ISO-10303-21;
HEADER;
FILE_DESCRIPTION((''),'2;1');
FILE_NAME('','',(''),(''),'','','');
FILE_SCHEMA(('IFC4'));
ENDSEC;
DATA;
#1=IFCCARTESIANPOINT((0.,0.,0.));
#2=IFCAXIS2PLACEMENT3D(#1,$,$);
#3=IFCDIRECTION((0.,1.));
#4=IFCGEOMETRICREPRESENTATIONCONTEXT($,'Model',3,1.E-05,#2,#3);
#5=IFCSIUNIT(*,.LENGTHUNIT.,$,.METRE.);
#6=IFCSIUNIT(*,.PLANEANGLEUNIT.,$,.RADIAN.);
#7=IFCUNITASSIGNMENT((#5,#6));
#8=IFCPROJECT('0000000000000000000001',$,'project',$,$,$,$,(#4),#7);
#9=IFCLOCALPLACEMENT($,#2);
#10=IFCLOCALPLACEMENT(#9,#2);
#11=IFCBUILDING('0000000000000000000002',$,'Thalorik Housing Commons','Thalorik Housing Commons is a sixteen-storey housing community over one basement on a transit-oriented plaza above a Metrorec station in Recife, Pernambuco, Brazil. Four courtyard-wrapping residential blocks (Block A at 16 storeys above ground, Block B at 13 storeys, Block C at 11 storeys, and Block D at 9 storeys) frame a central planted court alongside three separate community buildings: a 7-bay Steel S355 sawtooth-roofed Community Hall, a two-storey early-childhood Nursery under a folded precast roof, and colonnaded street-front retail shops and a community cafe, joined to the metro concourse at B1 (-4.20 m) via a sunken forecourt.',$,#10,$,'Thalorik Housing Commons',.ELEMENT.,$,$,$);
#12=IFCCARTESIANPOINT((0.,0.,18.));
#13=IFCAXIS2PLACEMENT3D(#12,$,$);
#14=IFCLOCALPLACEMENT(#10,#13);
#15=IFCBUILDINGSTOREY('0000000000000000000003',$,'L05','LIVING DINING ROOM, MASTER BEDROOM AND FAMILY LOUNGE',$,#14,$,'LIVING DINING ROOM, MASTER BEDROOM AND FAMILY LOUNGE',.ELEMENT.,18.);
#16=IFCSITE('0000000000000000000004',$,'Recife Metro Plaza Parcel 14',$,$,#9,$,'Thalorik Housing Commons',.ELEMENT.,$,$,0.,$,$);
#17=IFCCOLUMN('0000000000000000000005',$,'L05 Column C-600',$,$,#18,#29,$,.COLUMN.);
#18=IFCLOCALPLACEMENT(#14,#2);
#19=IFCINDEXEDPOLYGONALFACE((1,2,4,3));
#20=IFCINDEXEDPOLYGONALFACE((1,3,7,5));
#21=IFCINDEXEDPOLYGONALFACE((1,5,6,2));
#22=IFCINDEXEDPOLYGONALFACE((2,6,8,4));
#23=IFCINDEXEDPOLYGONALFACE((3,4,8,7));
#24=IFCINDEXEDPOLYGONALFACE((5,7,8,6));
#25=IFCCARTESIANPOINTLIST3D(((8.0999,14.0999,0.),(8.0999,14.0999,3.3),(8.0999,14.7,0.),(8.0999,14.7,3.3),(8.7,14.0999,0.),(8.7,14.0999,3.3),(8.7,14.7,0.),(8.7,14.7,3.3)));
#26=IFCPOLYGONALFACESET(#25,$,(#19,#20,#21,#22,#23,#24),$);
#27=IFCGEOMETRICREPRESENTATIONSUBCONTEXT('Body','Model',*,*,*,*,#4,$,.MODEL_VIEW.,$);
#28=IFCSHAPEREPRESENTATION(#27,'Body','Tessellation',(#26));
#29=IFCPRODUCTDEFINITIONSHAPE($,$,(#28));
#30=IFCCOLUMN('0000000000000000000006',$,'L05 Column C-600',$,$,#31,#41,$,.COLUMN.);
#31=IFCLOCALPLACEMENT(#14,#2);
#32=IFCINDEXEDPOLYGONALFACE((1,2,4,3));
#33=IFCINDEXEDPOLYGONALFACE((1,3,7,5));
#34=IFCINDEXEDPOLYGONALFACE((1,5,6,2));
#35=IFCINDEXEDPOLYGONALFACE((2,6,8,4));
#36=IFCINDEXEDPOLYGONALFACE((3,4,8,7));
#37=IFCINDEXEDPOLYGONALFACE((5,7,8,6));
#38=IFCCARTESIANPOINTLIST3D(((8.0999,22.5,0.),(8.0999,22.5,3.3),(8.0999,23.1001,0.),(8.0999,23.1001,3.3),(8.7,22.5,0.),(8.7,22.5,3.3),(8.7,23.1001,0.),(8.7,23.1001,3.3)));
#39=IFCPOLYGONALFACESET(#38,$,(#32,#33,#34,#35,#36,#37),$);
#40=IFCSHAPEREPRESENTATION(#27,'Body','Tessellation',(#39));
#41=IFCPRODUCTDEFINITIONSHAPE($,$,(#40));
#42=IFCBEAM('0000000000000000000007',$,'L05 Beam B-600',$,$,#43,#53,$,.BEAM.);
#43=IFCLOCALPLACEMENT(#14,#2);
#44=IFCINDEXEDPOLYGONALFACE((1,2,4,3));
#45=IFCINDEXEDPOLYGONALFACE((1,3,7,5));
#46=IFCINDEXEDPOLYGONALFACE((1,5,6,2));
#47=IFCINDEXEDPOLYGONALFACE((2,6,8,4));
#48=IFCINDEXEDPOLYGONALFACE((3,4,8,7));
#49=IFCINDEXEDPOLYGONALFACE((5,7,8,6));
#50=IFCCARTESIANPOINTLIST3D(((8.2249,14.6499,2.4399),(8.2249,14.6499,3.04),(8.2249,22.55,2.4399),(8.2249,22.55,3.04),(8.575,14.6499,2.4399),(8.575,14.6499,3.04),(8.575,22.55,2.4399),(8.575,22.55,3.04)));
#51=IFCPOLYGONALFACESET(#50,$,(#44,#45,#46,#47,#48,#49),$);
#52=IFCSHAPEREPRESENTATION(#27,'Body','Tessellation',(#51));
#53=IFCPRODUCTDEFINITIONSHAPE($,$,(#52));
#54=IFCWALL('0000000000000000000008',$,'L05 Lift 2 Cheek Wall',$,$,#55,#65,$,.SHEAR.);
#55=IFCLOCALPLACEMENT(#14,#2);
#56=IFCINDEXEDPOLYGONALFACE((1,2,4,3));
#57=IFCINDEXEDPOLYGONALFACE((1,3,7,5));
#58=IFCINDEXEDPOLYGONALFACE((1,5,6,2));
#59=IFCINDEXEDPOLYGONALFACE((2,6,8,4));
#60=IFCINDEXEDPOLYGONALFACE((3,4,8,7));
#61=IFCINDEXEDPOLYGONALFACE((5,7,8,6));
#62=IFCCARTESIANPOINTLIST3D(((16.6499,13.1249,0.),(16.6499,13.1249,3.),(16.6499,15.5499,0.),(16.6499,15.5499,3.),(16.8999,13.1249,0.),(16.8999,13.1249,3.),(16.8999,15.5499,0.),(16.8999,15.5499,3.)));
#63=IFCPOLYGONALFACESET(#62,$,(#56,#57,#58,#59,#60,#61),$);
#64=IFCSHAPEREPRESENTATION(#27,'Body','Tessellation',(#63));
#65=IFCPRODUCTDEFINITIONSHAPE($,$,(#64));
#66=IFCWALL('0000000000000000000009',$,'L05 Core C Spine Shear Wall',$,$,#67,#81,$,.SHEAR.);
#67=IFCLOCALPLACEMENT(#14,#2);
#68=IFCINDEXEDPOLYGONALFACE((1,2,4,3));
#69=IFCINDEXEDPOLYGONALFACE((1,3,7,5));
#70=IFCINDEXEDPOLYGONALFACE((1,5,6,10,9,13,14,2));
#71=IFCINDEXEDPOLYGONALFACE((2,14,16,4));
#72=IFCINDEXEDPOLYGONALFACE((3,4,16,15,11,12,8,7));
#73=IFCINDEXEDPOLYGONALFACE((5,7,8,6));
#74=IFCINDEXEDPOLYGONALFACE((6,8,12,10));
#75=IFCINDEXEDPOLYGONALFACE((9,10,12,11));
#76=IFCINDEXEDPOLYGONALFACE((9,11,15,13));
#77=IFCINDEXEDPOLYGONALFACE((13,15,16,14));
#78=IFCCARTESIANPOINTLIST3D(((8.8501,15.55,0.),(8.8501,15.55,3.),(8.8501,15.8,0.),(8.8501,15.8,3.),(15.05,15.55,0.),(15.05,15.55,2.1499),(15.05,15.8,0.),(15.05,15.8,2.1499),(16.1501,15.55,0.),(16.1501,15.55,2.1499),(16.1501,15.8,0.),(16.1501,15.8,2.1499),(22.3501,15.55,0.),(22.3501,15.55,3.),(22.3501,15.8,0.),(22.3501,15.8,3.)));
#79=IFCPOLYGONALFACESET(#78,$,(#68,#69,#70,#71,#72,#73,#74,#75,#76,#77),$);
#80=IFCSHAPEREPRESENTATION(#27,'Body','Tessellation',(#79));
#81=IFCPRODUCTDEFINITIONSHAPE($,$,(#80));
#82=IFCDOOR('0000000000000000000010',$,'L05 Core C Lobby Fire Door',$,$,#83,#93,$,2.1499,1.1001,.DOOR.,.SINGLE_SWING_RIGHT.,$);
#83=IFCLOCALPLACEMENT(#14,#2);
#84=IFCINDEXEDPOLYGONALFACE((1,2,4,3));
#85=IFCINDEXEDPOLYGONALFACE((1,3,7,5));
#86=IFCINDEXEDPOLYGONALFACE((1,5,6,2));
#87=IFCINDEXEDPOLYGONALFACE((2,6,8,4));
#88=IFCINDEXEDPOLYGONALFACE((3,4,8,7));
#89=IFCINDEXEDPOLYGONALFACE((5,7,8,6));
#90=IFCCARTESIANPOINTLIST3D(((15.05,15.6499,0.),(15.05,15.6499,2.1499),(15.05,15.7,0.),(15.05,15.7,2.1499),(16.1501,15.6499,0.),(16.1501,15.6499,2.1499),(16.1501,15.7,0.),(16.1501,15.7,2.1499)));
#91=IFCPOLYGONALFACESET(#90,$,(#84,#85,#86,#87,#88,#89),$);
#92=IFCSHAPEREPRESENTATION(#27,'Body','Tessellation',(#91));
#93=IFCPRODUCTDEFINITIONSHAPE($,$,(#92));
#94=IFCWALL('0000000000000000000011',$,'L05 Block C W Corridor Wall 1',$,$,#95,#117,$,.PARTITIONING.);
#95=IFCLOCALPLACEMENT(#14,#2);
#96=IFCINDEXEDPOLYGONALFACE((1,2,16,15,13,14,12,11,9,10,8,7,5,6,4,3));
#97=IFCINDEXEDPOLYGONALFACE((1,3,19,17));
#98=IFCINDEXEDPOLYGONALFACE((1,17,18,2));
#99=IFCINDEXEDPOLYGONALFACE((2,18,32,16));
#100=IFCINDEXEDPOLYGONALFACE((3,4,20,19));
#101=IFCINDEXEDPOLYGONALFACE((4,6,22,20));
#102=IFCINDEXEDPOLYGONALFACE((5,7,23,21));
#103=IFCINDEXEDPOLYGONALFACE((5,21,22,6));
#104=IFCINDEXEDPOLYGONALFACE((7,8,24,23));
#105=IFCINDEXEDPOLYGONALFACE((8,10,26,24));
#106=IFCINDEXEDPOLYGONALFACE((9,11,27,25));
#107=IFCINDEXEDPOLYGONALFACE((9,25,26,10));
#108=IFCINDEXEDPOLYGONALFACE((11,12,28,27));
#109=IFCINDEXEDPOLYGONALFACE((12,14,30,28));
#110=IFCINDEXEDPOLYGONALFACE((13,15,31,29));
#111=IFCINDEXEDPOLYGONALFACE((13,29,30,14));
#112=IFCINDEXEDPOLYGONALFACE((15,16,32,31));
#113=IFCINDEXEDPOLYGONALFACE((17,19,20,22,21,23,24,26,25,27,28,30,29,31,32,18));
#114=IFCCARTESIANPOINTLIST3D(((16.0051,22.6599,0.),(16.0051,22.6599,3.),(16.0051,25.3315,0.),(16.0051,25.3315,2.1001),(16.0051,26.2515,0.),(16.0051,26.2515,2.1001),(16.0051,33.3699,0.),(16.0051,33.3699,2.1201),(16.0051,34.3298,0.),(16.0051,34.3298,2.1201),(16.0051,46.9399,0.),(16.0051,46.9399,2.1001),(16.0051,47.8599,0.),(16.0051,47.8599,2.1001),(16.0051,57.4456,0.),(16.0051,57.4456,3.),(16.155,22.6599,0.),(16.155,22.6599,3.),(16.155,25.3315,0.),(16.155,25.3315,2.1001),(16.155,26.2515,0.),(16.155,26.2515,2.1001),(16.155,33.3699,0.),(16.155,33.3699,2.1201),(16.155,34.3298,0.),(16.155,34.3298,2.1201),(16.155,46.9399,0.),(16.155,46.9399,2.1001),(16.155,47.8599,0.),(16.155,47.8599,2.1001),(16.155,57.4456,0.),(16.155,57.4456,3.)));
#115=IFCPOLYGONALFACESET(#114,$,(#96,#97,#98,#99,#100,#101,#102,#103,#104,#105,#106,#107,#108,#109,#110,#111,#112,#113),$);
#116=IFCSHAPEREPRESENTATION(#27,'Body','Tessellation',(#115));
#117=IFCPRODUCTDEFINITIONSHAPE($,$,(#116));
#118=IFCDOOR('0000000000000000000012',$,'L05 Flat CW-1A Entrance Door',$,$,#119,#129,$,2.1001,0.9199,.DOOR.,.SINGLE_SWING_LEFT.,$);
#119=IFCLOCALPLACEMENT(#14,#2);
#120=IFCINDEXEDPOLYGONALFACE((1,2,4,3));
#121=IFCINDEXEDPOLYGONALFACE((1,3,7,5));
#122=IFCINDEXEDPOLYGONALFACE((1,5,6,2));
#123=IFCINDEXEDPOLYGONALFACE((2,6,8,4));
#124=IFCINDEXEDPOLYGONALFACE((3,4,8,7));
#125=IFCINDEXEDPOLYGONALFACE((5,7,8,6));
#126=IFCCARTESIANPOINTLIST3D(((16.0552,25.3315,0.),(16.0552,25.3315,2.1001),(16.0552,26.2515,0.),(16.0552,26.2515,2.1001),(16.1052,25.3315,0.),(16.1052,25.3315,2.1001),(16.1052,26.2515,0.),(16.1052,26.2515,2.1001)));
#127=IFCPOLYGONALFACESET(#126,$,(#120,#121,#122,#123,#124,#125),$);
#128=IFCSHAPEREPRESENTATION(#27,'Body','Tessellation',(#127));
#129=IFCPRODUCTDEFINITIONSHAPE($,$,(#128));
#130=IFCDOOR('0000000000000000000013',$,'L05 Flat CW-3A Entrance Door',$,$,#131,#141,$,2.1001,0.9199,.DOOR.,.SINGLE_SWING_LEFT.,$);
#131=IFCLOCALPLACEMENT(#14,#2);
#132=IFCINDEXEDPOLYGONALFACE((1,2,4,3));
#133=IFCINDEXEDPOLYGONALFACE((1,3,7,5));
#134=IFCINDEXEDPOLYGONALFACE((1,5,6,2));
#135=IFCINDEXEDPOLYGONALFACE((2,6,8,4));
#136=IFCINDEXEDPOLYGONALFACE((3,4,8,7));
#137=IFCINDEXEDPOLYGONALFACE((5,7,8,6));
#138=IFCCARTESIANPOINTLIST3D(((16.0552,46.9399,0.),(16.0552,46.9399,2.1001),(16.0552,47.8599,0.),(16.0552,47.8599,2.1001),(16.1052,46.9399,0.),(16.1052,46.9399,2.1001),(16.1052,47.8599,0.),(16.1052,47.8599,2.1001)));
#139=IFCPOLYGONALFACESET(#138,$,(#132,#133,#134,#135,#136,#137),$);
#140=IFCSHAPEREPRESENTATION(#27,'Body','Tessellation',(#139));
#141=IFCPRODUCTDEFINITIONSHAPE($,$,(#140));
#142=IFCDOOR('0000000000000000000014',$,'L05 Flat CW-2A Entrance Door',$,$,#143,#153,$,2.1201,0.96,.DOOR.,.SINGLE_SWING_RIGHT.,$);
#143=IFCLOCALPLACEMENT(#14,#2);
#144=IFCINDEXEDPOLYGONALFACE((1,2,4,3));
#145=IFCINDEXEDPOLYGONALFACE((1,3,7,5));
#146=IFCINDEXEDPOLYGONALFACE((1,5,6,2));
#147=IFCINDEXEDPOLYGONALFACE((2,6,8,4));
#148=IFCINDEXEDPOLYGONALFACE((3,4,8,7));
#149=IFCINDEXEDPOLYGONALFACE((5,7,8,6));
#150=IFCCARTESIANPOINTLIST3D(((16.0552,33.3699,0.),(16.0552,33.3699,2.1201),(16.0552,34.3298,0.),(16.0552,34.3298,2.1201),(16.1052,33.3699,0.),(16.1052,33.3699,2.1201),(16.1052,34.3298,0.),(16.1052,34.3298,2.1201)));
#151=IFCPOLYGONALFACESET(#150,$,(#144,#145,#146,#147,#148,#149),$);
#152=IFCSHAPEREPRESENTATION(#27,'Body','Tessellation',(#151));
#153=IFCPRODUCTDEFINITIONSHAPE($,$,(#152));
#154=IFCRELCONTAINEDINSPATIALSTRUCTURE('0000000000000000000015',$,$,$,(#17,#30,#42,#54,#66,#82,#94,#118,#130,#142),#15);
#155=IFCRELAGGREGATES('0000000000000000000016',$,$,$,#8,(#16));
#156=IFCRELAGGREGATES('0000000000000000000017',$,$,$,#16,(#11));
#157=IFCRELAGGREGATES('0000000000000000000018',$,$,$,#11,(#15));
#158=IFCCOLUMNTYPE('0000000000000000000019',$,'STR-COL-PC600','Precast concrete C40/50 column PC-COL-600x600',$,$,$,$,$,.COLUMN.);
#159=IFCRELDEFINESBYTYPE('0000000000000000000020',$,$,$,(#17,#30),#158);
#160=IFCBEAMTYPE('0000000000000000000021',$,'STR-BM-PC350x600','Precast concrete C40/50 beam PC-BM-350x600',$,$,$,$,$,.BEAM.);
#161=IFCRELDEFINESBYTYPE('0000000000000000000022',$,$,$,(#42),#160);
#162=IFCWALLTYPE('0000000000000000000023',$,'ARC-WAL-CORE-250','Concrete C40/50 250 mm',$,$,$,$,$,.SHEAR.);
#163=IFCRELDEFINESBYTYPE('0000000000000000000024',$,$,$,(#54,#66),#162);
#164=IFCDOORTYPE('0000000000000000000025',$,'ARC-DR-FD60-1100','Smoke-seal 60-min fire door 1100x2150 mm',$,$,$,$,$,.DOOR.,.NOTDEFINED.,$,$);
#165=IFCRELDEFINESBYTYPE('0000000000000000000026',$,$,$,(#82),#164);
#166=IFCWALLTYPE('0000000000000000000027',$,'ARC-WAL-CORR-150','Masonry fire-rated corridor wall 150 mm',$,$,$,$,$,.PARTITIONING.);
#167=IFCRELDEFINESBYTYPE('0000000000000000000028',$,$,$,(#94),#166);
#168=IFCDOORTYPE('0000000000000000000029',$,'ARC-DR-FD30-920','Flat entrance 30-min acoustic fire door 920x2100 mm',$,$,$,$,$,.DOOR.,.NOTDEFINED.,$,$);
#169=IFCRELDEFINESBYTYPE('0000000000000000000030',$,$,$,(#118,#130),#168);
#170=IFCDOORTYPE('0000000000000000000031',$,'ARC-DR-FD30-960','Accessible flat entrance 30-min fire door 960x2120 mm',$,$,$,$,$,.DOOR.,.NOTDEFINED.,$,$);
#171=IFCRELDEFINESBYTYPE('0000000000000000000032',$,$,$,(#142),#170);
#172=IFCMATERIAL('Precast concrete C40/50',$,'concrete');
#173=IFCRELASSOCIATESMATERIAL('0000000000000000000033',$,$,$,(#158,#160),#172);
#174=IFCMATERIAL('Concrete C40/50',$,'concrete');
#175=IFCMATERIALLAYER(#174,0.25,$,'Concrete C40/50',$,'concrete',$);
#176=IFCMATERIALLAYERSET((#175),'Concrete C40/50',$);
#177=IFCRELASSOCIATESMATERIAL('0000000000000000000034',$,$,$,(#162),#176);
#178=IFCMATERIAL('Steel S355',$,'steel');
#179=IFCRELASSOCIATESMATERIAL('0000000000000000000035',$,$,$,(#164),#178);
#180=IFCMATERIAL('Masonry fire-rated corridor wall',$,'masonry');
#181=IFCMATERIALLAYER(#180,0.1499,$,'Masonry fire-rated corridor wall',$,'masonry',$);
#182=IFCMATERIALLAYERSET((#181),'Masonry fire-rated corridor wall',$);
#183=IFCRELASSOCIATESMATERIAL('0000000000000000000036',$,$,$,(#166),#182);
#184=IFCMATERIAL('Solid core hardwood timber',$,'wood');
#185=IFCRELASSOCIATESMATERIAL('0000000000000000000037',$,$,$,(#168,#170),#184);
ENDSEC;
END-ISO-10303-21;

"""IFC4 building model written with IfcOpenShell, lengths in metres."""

from ifc_helpers import new_model, si_unit, direction, frame, frame_2d, origin, origin_2d, place, context, subcontext, project, spatial, rectangle, extrude, material, layer, layer_set, material_profile, profile_set, type_object, element, fill, save


model = new_model("IFC4")

# Units and contexts
model_context = context("Model", 3, precision=1e-05, world=origin(), true_north=direction((0.0, 1.0)))
body_context = subcontext(model_context, "Body", "Model", "MODEL_VIEW")
ifc_project = project(units=[si_unit("LENGTHUNIT", "METRE"), si_unit("PLANEANGLEUNIT", "RADIAN")], contexts=[model_context])

# Site, building, storey
site_placement = place(None, origin())
site = spatial("IfcSite", under=ifc_project, at=site_placement, Name="Recife Metro Plaza Parcel 14", LongName="Thalorik Housing Commons", CompositionType="ELEMENT", RefElevation=0.0)
building_placement = place(site_placement, origin())
building = spatial("IfcBuilding", under=site, at=building_placement, Name="Thalorik Housing Commons", Description="Thalorik Housing Commons is a sixteen-storey housing community over one basement on a transit-oriented plaza above a Metrorec station in Recife, Pernambuco, Brazil. Four courtyard-wrapping residential blocks (Block A at 16 storeys above ground, Block B at 13 storeys, Block C at 11 storeys, and Block D at 9 storeys) frame a central planted court alongside three separate community buildings: a 7-bay Steel S355 sawtooth-roofed Community Hall, a two-storey early-childhood Nursery under a folded precast roof, and colonnaded street-front retail shops and a community cafe, joined to the metro concourse at B1 (-4.20 m) via a sunken forecourt.", LongName="Thalorik Housing Commons", CompositionType="ELEMENT")
storey_placement = place(building_placement, frame((0.0, 0.0, 18.0)))
storey = spatial("IfcBuildingStorey", under=building, at=storey_placement, Name="L05", Description="LIVING DINING ROOM, MASTER BEDROOM AND FAMILY LOUNGE", LongName="LIVING DINING ROOM, MASTER BEDROOM AND FAMILY LOUNGE", CompositionType="ELEMENT", Elevation=18.0)

# Columns
ifc_material_1 = material(Name="Precast concrete C40/50", Category="concrete")
ifc_material_profile_1 = material_profile(ifc_material_1, rectangle(XDim=0.6001, YDim=0.6001, at=origin_2d()), Name="PC 600x600", Category="concrete")
ifc_profile_set_1 = profile_set([ifc_material_profile_1], Name="Precast concrete C40/50")
column_type = type_object("IfcColumnType", Name="STR-COL-PC600", Description="Precast concrete C40/50 column PC-COL-600x600", PredefinedType="COLUMN", material=ifc_profile_set_1)
for number, where, z_axis, x_axis, name in (
    (1, (8.3999, 14.3999, 0.0), (0.0, 0.0, 1.0), (1.0, 0.0, 0.0), "L05 Column C-600"),
    (2, (8.3999, 22.8, 0.0), (0.0, 0.0, 1.0), (1.0, 0.0, 0.0), "L05 Column C-600"),
):
    element("IfcColumn", number, at=place(storey_placement, frame(where, z_axis=z_axis, x_axis=x_axis)), inside=storey, type_object=column_type, Name=name, PredefinedType="COLUMN", context=body_context, shape_type="SweptSolid", body=[
        extrude(rectangle(XDim=0.6001, YDim=0.6001, at=origin_2d()), origin(), (0.0, 0.0, 1.0), 3.3),
    ])

# Beam
ifc_material_profile_2 = material_profile(ifc_material_1, rectangle(XDim=0.3501, YDim=0.6001, at=origin_2d()), Name="PC 350x600", Category="concrete")
ifc_profile_set_2 = profile_set([ifc_material_profile_2], Name="Precast concrete C40/50")
beam_type = type_object("IfcBeamType", Name="STR-BM-PC350x600", Description="Precast concrete C40/50 beam PC-BM-350x600", PredefinedType="BEAM", material=ifc_profile_set_2)
beam_placement = place(storey_placement, frame((8.3999, 14.6499, 2.74), z_axis=(0.0, 1.0, 0.0), x_axis=(-1.0, 0.0, 0.0)))
element("IfcBeam", 3, at=beam_placement, inside=storey, type_object=beam_type, Name="L05 Beam B-600", PredefinedType="BEAM", context=body_context, shape_type="SweptSolid", body=[
    extrude(rectangle(XDim=0.3501, YDim=0.6001, at=origin_2d()), origin(), (0.0, 0.0, 1.0), 7.9001),
])

# Wall
ifc_material_2 = material(Name="Concrete C40/50", Category="concrete")
ifc_layer_1 = layer(ifc_material_2, 0.25, Name="Concrete C40/50", Category="concrete")
ifc_layer_set_1 = layer_set([ifc_layer_1], Name="Concrete C40/50")
wall_type_1 = type_object("IfcWallType", Name="ARC-WAL-CORE-250", Description="Concrete C40/50 250 mm", PredefinedType="SHEAR", material=ifc_layer_set_1)
wall_1_placement = place(storey_placement, frame((16.7749, 13.125, 0.0), z_axis=(0.0, 0.0, 1.0), x_axis=(0.0, 1.0, 0.0)))
element("IfcWall", 4, at=wall_1_placement, inside=storey, type_object=wall_type_1, Name="L05 Lift 2 Cheek Wall", PredefinedType="SHEAR", context=body_context, shape_type="SweptSolid", body=[
    extrude(rectangle(XDim=2.425, YDim=0.25, at=frame_2d((1.2124, 0.0))), origin(), (0.0, 0.0, 1.0), 3.0),
])

# Wall, opening, door
wall_2_placement = place(storey_placement, frame((8.8501, 15.675, 0.0), z_axis=(0.0, 0.0, 1.0), x_axis=(1.0, 0.0, 0.0)))
wall_2 = element("IfcWall", 5, at=wall_2_placement, inside=storey, type_object=wall_type_1, Name="L05 Core C Spine Shear Wall", PredefinedType="SHEAR", context=body_context, shape_type="SweptSolid", body=[
    extrude(rectangle(XDim=13.5, YDim=0.25, at=frame_2d((6.75, 0.0))), origin(), (0.0, 0.0, 1.0), 3.0),
])
opening_1_placement = place(wall_2_placement, frame((6.2, 0.0, 0.0)))
opening_1 = element("IfcOpeningElement", 6, at=opening_1_placement, cuts=wall_2, PredefinedType="OPENING", context=body_context, shape_type="SweptSolid", body=[
    extrude(rectangle(XDim=1.1001, YDim=2.1499, at=frame_2d((0.55, 1.075))), frame((0.0, 0.135, 0.0), z_axis=(0.0, -1.0, 0.0), x_axis=(1.0, 0.0, 0.0)), (0.0, 0.0, 1.0), 0.27),
])
ifc_material_3 = material(Name="Steel S355", Category="steel")
door_type_1 = type_object("IfcDoorType", Name="ARC-DR-FD60-1100", Description="Smoke-seal 60-min fire door 1100x2150 mm", OperationType="NOTDEFINED", PredefinedType="DOOR", material=ifc_material_3)
door_1_placement = place(opening_1_placement, origin())
door_1 = element("IfcDoor", 7, at=door_1_placement, inside=storey, type_object=door_type_1, Name="L05 Core C Lobby Fire Door", OperationType="SINGLE_SWING_RIGHT", OverallHeight=2.1499, OverallWidth=1.1001, PredefinedType="DOOR", context=body_context, shape_type="SweptSolid", body=[
    extrude(rectangle(XDim=1.1001, YDim=2.1499, at=frame_2d((0.55, 1.075))), frame((0.0, 0.0249, 0.0), z_axis=(0.0, -1.0, 0.0), x_axis=(1.0, 0.0, 0.0)), (0.0, 0.0, 1.0), 0.05),
])
fill(opening_1, door_1)

# Wall, openings, doors
ifc_material_4 = material(Name="Masonry fire-rated corridor wall", Category="masonry")
ifc_layer_2 = layer(ifc_material_4, 0.1499, Name="Masonry fire-rated corridor wall", Category="masonry")
ifc_layer_set_2 = layer_set([ifc_layer_2], Name="Masonry fire-rated corridor wall")
wall_type_2 = type_object("IfcWallType", Name="ARC-WAL-CORR-150", Description="Masonry fire-rated corridor wall 150 mm", PredefinedType="PARTITIONING", material=ifc_layer_set_2)
wall_3_placement = place(storey_placement, frame((16.0801, 22.6599, 0.0), z_axis=(0.0, 0.0, 1.0), x_axis=(0.0, 1.0, 0.0)))
wall_3 = element("IfcWall", 8, at=wall_3_placement, inside=storey, type_object=wall_type_2, Name="L05 Block C W Corridor Wall 1", PredefinedType="PARTITIONING", context=body_context, shape_type="SweptSolid", body=[
    extrude(rectangle(XDim=34.7856, YDim=0.1499, at=frame_2d((17.3928, 0.0))), origin(), (0.0, 0.0, 1.0), 3.0),
])
opening_2_placement = place(wall_3_placement, frame((2.6716, 0.0, 0.0)))
opening_2 = element("IfcOpeningElement", 9, at=opening_2_placement, cuts=wall_3, PredefinedType="OPENING", context=body_context, shape_type="SweptSolid", body=[
    extrude(rectangle(XDim=0.9199, YDim=2.1001, at=frame_2d((0.46, 1.05))), frame((0.0, 0.085, 0.0), z_axis=(0.0, -1.0, 0.0), x_axis=(1.0, 0.0, 0.0)), (0.0, 0.0, 1.0), 0.1699),
])
opening_3_placement = place(wall_3_placement, frame((10.71, 0.0, 0.0)))
opening_3 = element("IfcOpeningElement", 10, at=opening_3_placement, cuts=wall_3, PredefinedType="OPENING", context=body_context, shape_type="SweptSolid", body=[
    extrude(rectangle(XDim=0.96, YDim=2.1201, at=frame_2d((0.48, 1.0601))), frame((0.0, 0.085, 0.0), z_axis=(0.0, -1.0, 0.0), x_axis=(1.0, 0.0, 0.0)), (0.0, 0.0, 1.0), 0.1699),
])
opening_4_placement = place(wall_3_placement, frame((24.28, 0.0, 0.0)))
opening_4 = element("IfcOpeningElement", 11, at=opening_4_placement, cuts=wall_3, PredefinedType="OPENING", context=body_context, shape_type="SweptSolid", body=[
    extrude(rectangle(XDim=0.9199, YDim=2.1001, at=frame_2d((0.46, 1.05))), frame((0.0, 0.085, 0.0), z_axis=(0.0, -1.0, 0.0), x_axis=(1.0, 0.0, 0.0)), (0.0, 0.0, 1.0), 0.1699),
])
ifc_material_5 = material(Name="Solid core hardwood timber", Category="wood")
door_type_2 = type_object("IfcDoorType", Name="ARC-DR-FD30-920", Description="Flat entrance 30-min acoustic fire door 920x2100 mm", OperationType="NOTDEFINED", PredefinedType="DOOR", material=ifc_material_5)
door_2_placement = place(opening_2_placement, origin())
door_2 = element("IfcDoor", 12, at=door_2_placement, inside=storey, type_object=door_type_2, Name="L05 Flat CW-1A Entrance Door", OperationType="SINGLE_SWING_LEFT", OverallHeight=2.1001, OverallWidth=0.9199, PredefinedType="DOOR", context=body_context, shape_type="SweptSolid", body=[
    extrude(rectangle(XDim=0.9199, YDim=2.1001, at=frame_2d((0.46, 1.05))), frame((0.0, 0.0249, 0.0), z_axis=(0.0, -1.0, 0.0), x_axis=(1.0, 0.0, 0.0)), (0.0, 0.0, 1.0), 0.05),
])
fill(opening_2, door_2)
door_3_placement = place(opening_4_placement, origin())
door_3 = element("IfcDoor", 13, at=door_3_placement, inside=storey, type_object=door_type_2, Name="L05 Flat CW-3A Entrance Door", OperationType="SINGLE_SWING_LEFT", OverallHeight=2.1001, OverallWidth=0.9199, PredefinedType="DOOR", context=body_context, shape_type="SweptSolid", body=[
    extrude(rectangle(XDim=0.9199, YDim=2.1001, at=frame_2d((0.46, 1.05))), frame((0.0, 0.0249, 0.0), z_axis=(0.0, -1.0, 0.0), x_axis=(1.0, 0.0, 0.0)), (0.0, 0.0, 1.0), 0.05),
])
fill(opening_4, door_3)
door_type_3 = type_object("IfcDoorType", Name="ARC-DR-FD30-960", Description="Accessible flat entrance 30-min fire door 960x2120 mm", OperationType="NOTDEFINED", PredefinedType="DOOR", material=ifc_material_5)
door_4_placement = place(opening_3_placement, origin())
door_4 = element("IfcDoor", 14, at=door_4_placement, inside=storey, type_object=door_type_3, Name="L05 Flat CW-2A Entrance Door", OperationType="SINGLE_SWING_RIGHT", OverallHeight=2.1201, OverallWidth=0.96, PredefinedType="DOOR", context=body_context, shape_type="SweptSolid", body=[
    extrude(rectangle(XDim=0.96, YDim=2.1201, at=frame_2d((0.48, 1.0601))), frame((0.0, 0.0249, 0.0), z_axis=(0.0, -1.0, 0.0), x_axis=(1.0, 0.0, 0.0)), (0.0, 0.0, 1.0), 0.05),
])
fill(opening_3, door_4)

save(model, "model.ifc")
